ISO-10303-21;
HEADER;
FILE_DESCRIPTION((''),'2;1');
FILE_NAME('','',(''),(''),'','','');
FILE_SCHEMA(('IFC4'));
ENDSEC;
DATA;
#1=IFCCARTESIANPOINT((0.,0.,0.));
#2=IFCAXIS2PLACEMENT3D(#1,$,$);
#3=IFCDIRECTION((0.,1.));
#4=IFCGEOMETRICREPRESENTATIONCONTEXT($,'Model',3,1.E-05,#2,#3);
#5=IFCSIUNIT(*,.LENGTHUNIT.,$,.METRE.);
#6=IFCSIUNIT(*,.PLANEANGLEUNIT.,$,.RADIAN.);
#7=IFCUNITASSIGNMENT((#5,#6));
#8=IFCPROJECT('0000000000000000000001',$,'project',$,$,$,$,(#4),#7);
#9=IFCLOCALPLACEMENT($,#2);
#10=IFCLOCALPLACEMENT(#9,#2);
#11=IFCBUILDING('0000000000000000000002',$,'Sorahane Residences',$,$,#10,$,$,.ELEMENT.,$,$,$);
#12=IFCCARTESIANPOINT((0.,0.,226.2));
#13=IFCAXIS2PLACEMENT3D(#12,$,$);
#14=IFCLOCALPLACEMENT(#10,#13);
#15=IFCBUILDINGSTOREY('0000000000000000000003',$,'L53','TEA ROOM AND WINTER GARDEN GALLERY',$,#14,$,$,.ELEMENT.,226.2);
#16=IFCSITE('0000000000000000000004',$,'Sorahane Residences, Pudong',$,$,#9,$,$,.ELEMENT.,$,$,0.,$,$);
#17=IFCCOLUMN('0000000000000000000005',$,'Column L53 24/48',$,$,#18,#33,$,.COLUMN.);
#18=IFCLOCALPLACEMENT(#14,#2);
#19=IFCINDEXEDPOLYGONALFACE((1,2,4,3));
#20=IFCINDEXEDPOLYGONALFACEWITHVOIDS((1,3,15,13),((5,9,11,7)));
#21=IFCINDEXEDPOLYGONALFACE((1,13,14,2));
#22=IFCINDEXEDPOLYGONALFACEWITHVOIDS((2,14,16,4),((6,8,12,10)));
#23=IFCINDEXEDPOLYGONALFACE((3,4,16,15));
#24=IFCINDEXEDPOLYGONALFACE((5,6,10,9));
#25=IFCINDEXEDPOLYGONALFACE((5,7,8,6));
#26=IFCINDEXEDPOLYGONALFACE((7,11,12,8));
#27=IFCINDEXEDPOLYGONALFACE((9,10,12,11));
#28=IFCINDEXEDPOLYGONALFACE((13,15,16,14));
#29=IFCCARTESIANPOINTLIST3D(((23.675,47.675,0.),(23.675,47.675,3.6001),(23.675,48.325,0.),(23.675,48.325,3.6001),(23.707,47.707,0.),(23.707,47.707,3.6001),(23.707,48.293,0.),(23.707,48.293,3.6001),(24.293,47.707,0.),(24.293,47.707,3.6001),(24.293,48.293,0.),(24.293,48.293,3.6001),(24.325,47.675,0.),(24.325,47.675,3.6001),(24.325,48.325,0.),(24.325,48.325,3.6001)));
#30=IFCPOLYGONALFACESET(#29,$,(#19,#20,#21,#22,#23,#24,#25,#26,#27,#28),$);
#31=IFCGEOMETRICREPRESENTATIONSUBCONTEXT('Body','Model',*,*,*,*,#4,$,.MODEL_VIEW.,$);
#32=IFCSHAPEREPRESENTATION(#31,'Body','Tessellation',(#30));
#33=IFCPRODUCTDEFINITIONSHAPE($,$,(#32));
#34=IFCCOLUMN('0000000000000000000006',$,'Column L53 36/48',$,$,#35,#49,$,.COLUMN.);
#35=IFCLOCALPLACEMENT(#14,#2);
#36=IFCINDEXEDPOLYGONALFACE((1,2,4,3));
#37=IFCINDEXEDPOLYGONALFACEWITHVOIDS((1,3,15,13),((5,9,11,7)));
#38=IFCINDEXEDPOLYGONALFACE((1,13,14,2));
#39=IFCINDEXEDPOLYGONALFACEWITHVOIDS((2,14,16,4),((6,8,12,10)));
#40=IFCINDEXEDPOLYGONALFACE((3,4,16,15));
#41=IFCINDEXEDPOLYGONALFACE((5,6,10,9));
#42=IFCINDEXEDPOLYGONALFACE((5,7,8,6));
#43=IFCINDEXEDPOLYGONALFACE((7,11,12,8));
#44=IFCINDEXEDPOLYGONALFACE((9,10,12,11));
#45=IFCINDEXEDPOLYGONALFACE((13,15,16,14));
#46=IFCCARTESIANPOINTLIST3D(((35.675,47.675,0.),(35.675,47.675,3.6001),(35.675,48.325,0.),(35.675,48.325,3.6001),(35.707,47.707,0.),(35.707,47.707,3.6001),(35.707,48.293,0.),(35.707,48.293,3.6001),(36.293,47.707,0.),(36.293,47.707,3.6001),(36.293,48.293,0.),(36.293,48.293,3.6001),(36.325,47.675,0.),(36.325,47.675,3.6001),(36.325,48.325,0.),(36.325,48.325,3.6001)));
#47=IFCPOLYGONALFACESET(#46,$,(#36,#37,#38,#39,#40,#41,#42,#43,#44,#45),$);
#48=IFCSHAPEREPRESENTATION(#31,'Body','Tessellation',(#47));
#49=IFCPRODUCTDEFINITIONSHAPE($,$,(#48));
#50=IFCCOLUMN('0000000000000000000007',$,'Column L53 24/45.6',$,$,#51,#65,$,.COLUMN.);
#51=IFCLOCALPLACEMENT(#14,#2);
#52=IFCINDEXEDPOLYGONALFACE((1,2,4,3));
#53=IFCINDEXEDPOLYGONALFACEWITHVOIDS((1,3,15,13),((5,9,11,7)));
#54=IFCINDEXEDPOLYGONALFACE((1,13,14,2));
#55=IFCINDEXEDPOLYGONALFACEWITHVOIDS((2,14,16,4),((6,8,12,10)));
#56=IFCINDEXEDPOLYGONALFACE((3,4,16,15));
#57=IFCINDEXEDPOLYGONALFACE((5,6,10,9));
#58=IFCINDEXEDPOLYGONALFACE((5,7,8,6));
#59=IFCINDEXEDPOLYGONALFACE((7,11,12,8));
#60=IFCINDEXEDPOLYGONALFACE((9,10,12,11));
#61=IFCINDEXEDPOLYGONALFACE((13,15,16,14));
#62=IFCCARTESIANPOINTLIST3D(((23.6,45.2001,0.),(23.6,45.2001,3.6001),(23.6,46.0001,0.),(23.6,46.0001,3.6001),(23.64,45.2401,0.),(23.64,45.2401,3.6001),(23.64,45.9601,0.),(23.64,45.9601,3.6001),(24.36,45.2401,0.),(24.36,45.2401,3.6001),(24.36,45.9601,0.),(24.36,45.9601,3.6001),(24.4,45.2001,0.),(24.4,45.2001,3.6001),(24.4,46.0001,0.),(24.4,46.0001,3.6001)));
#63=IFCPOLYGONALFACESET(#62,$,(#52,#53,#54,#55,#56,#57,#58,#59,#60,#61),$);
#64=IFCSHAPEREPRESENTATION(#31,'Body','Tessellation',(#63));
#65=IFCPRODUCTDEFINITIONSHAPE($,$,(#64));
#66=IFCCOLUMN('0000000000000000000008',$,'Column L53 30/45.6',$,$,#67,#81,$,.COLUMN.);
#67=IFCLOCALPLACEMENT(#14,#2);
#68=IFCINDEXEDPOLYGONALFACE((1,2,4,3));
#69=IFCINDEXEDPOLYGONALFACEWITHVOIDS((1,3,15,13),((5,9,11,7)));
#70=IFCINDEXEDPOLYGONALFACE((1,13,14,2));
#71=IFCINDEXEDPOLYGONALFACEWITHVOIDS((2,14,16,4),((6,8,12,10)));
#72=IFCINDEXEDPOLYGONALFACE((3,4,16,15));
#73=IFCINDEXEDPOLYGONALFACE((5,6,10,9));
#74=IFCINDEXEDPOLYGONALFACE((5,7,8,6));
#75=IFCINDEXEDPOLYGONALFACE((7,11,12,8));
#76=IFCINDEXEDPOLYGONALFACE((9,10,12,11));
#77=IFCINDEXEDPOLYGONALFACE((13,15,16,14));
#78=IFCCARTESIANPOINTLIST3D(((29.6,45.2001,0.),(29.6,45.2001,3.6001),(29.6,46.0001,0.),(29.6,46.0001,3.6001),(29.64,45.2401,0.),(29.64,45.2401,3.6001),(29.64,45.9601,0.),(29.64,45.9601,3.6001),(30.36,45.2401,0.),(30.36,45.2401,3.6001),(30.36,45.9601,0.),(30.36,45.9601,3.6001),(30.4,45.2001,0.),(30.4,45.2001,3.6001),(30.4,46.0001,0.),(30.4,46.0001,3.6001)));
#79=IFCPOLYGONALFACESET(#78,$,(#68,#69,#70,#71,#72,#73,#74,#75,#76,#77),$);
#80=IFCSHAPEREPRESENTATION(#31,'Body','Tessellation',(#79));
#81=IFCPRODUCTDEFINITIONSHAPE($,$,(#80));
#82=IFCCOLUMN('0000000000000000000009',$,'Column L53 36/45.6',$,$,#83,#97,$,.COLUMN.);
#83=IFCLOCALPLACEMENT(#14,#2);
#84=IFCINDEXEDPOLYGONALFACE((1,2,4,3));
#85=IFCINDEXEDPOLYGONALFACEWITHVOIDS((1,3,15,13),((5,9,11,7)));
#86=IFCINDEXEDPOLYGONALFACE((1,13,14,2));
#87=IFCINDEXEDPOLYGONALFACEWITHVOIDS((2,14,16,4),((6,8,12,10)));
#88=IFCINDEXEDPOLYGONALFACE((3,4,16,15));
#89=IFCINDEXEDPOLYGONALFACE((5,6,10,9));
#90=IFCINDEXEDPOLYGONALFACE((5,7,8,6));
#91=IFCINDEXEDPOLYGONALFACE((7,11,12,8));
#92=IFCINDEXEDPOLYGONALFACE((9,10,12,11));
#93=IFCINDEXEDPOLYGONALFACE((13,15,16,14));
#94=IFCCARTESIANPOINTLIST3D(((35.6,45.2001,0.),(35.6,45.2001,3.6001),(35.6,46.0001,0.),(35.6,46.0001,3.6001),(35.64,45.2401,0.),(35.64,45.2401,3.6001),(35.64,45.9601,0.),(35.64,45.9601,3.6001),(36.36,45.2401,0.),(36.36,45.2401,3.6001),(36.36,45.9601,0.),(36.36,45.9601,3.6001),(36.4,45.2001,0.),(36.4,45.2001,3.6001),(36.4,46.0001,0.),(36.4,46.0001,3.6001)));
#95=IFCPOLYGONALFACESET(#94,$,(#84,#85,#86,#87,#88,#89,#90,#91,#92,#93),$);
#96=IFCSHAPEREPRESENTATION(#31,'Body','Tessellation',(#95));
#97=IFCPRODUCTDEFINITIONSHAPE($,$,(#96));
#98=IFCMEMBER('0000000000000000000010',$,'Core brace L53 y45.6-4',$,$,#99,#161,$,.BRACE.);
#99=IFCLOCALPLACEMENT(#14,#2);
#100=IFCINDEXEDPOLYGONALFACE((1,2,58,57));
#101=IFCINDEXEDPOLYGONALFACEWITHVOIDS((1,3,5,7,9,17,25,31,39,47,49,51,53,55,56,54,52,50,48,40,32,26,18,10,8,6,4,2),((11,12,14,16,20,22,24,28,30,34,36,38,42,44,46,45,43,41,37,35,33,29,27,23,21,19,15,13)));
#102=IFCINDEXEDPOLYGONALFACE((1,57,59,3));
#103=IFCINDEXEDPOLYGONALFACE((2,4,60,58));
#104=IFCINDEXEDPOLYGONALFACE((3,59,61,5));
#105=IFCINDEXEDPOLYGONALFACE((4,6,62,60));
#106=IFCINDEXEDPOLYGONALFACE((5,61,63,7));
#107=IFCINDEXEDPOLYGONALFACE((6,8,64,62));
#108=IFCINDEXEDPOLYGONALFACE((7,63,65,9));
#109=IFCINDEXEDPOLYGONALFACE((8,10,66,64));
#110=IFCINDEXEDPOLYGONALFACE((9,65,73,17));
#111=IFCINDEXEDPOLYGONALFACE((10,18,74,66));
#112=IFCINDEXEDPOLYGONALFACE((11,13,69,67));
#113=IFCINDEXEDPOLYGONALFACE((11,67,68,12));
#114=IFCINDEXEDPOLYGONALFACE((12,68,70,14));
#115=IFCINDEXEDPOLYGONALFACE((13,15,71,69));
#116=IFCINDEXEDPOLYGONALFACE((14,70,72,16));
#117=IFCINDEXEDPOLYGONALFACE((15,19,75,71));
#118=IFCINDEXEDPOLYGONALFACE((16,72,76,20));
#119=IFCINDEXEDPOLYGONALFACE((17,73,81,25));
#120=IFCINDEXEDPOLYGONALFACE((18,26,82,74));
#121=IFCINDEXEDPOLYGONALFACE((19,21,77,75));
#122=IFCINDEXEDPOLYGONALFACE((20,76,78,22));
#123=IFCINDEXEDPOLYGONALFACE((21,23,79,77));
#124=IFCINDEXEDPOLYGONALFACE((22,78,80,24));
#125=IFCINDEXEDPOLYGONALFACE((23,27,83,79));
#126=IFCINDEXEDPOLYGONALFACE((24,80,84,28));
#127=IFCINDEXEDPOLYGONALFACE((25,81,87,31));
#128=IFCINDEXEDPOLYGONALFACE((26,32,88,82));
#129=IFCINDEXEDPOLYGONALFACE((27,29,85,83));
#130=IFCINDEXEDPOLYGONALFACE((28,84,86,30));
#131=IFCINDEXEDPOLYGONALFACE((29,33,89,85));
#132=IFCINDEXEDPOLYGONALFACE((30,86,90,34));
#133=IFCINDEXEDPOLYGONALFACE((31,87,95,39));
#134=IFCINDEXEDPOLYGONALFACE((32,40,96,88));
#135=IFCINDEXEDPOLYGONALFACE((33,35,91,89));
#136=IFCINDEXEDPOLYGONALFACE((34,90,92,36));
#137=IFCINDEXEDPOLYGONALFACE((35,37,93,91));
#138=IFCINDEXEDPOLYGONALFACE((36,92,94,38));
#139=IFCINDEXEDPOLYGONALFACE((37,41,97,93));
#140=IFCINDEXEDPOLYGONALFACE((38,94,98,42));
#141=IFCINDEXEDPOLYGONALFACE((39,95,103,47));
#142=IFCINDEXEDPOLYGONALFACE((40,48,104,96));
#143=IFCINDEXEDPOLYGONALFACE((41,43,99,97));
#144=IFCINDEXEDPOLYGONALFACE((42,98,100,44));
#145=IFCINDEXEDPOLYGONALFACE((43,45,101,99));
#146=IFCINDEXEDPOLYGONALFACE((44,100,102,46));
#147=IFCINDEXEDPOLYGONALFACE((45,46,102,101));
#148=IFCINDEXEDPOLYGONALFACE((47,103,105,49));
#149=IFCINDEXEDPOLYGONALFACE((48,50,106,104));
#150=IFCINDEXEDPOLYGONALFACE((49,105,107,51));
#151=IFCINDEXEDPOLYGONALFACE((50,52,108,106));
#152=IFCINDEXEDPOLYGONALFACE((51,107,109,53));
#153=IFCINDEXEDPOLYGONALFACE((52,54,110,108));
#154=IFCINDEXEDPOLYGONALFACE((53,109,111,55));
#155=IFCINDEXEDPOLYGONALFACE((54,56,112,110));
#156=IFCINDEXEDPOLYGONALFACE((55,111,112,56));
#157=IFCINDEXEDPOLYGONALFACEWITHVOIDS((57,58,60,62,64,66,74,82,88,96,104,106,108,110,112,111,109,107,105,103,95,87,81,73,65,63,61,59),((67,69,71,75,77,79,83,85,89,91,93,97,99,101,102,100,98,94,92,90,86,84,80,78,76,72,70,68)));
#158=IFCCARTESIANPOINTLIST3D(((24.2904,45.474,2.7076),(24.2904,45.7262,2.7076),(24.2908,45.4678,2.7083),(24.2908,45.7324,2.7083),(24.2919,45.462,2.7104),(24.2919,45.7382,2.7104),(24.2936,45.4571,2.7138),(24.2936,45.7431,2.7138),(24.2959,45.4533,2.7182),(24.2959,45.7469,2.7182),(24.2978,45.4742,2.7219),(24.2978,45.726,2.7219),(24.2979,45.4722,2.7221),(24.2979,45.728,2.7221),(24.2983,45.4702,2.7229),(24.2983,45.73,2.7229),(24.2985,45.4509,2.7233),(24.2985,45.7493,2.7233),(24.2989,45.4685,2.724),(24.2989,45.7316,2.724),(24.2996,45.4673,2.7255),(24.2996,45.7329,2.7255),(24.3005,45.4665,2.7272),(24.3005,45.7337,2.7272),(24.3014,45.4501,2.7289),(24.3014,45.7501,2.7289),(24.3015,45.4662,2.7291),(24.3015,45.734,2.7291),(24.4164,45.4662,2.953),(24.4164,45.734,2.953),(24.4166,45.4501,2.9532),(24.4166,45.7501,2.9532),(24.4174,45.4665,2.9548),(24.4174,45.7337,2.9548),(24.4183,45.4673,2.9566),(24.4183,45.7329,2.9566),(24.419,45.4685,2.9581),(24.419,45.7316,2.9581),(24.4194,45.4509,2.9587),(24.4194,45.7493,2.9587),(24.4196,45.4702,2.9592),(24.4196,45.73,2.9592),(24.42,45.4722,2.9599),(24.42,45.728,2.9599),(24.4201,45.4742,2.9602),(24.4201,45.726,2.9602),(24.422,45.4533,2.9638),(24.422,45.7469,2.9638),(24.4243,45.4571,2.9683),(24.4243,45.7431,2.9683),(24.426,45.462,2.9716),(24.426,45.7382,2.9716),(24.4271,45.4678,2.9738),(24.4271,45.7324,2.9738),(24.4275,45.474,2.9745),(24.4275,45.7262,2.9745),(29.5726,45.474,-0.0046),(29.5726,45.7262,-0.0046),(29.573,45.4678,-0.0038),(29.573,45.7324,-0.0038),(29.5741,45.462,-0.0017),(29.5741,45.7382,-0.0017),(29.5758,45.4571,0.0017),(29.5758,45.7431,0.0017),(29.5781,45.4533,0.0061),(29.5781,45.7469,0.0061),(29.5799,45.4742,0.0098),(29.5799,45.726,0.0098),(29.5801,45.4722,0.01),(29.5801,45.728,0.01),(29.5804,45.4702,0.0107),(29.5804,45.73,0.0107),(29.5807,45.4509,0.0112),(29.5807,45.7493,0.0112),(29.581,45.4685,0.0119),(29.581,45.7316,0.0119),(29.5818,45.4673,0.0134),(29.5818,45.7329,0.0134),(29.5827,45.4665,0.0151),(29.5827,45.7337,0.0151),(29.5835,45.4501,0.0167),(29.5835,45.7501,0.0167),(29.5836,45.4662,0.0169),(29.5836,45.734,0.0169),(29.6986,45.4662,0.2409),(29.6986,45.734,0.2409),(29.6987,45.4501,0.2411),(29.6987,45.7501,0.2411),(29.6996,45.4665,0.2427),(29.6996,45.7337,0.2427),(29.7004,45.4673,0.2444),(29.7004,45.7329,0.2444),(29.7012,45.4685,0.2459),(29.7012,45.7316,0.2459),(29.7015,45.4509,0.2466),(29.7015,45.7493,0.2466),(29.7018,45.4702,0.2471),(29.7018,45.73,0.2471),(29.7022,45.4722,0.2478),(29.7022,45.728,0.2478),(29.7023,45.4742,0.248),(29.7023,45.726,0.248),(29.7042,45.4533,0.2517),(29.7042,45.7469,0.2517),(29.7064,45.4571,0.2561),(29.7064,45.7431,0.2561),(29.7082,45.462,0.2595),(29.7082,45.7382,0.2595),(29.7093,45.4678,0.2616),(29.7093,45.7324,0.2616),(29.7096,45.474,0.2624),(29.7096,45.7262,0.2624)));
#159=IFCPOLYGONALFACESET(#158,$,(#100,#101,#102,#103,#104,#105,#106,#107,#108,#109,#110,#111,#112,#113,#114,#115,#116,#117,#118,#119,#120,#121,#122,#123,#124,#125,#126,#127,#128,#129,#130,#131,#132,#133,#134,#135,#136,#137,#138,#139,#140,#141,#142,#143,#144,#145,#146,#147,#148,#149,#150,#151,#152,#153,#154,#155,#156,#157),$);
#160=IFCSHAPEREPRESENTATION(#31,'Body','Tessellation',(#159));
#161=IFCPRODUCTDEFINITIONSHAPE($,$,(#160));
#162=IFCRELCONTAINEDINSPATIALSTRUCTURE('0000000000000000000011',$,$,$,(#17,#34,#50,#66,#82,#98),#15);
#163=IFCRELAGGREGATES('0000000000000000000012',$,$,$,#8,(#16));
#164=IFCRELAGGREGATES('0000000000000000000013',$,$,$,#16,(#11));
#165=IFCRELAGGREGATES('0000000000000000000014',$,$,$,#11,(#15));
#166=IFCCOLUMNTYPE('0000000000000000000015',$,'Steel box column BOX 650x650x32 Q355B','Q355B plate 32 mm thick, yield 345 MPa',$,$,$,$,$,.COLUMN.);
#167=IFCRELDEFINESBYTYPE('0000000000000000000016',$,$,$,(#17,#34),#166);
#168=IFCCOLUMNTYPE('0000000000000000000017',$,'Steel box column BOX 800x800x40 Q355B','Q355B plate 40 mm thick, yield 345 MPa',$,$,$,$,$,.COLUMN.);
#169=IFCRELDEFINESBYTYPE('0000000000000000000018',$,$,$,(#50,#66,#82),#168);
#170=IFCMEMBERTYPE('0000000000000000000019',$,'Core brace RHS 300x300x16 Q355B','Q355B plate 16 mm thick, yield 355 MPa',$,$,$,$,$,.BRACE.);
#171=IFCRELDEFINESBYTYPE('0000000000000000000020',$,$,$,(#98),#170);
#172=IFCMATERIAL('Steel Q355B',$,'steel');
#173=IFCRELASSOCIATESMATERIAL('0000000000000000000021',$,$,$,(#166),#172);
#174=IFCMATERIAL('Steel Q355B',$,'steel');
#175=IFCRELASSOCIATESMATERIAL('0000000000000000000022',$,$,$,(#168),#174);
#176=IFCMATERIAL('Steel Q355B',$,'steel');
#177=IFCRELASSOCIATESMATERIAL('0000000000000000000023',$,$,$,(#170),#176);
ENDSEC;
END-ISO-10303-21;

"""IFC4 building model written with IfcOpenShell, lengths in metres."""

from ifc_helpers import new_model, si_unit, direction, frame, origin, origin_2d, place, context, subcontext, project, spatial, hollow_rectangle, extrude, material, material_profile, profile_set, type_object, element, save


model = new_model("IFC4")

# Units and contexts
model_context = context("Model", 3, precision=1e-05, world=origin(), true_north=direction((0.0, 1.0)))
body_context = subcontext(model_context, "Body", "Model", "MODEL_VIEW")
ifc_project = project(units=[si_unit("LENGTHUNIT", "METRE"), si_unit("PLANEANGLEUNIT", "RADIAN")], contexts=[model_context])

# Site, building, storey
site_placement = place(None, origin())
site = spatial("IfcSite", under=ifc_project, at=site_placement, Name="Sorahane Residences, Pudong", CompositionType="ELEMENT", RefElevation=0.0)
building_placement = place(site_placement, origin())
building = spatial("IfcBuilding", under=site, at=building_placement, Name="Sorahane Residences", CompositionType="ELEMENT")
storey_placement = place(building_placement, frame((0.0, 0.0, 226.2)))
storey = spatial("IfcBuildingStorey", under=building, at=storey_placement, Name="L53", Description="TEA ROOM AND WINTER GARDEN GALLERY", CompositionType="ELEMENT", Elevation=226.2)

# Columns
ifc_material_1 = material(Name="Steel Q355B", Category="steel")
ifc_material_profile_1 = material_profile(ifc_material_1, hollow_rectangle(XDim=0.6499, YDim=0.6499, WallThickness=0.032, at=origin_2d()), Name="BOX 650x650x32")
ifc_profile_set_1 = profile_set([ifc_material_profile_1], Name="Steel Q355B")
column_type_1 = type_object("IfcColumnType", Name="Steel box column BOX 650x650x32 Q355B", Description="Q355B plate 32 mm thick, yield 345 MPa", PredefinedType="COLUMN", material=ifc_profile_set_1)
for number, where, z_axis, x_axis, name in (
    (1, (24.0, 48.0, 0.0), (0.0, 0.0, 1.0), (1.0, 0.0, 0.0), "Column L53 24/48"),
    (2, (36.0, 48.0, 0.0), (0.0, 0.0, 1.0), (1.0, 0.0, 0.0), "Column L53 36/48"),
):
    element("IfcColumn", number, at=place(storey_placement, frame(where, z_axis=z_axis, x_axis=x_axis)), inside=storey, type_object=column_type_1, Name=name, PredefinedType="COLUMN", context=body_context, shape_type="SweptSolid", body=[
        extrude(hollow_rectangle(XDim=0.6499, YDim=0.6499, WallThickness=0.032, at=origin_2d()), origin(), (0.0, 0.0, 1.0), 3.6001),
    ])
ifc_material_2 = material(Name="Steel Q355B", Category="steel")
ifc_material_profile_2 = material_profile(ifc_material_2, hollow_rectangle(XDim=0.8, YDim=0.8, WallThickness=0.04, at=origin_2d()), Name="BOX 800x800x40")
ifc_profile_set_2 = profile_set([ifc_material_profile_2], Name="Steel Q355B")
column_type_2 = type_object("IfcColumnType", Name="Steel box column BOX 800x800x40 Q355B", Description="Q355B plate 40 mm thick, yield 345 MPa", PredefinedType="COLUMN", material=ifc_profile_set_2)
for number, where, z_axis, x_axis, name in (
    (3, (24.0, 45.6001, 0.0), (0.0, 0.0, 1.0), (1.0, 0.0, 0.0), "Column L53 24/45.6"),
    (4, (30.0, 45.6001, 0.0), (0.0, 0.0, 1.0), (1.0, 0.0, 0.0), "Column L53 30/45.6"),
    (5, (36.0, 45.6001, 0.0), (0.0, 0.0, 1.0), (1.0, 0.0, 0.0), "Column L53 36/45.6"),
):
    element("IfcColumn", number, at=place(storey_placement, frame(where, z_axis=z_axis, x_axis=x_axis)), inside=storey, type_object=column_type_2, Name=name, PredefinedType="COLUMN", context=body_context, shape_type="SweptSolid", body=[
        extrude(hollow_rectangle(XDim=0.8, YDim=0.8, WallThickness=0.04, at=origin_2d()), origin(), (0.0, 0.0, 1.0), 3.6001),
    ])

# Member
ifc_material_3 = material(Name="Steel Q355B", Category="steel")
ifc_material_profile_3 = material_profile(ifc_material_3, hollow_rectangle(XDim=0.3, YDim=0.3, WallThickness=0.0161, InnerFilletRadius=0.0081, OuterFilletRadius=0.0239, at=origin_2d()), Name="RHS 300x300x16")
ifc_profile_set_3 = profile_set([ifc_material_profile_3], Name="Steel Q355B")
member_type_1 = type_object("IfcMemberType", Name="Core brace RHS 300x300x16 Q355B", Description="Q355B plate 16 mm thick, yield 355 MPa", PredefinedType="BRACE", material=ifc_profile_set_3)
member_1_placement = place(storey_placement, frame((29.6411, 45.6001, 0.1289), z_axis=(-0.88959, 0.0, 0.45676), x_axis=(0.0, -1.0, 0.0)))
element("IfcMember", 6, at=member_1_placement, inside=storey, type_object=member_type_1, Name="Core brace L53 y45.6-4", PredefinedType="BRACE", context=body_context, shape_type="SweptSolid", body=[
    extrude(hollow_rectangle(XDim=0.3, YDim=0.3, WallThickness=0.0161, InnerFilletRadius=0.0081, OuterFilletRadius=0.0239, at=origin_2d()), origin(), (0.0, 0.0, 1.0), 5.9377),
])

save(model, "model.ifc")
